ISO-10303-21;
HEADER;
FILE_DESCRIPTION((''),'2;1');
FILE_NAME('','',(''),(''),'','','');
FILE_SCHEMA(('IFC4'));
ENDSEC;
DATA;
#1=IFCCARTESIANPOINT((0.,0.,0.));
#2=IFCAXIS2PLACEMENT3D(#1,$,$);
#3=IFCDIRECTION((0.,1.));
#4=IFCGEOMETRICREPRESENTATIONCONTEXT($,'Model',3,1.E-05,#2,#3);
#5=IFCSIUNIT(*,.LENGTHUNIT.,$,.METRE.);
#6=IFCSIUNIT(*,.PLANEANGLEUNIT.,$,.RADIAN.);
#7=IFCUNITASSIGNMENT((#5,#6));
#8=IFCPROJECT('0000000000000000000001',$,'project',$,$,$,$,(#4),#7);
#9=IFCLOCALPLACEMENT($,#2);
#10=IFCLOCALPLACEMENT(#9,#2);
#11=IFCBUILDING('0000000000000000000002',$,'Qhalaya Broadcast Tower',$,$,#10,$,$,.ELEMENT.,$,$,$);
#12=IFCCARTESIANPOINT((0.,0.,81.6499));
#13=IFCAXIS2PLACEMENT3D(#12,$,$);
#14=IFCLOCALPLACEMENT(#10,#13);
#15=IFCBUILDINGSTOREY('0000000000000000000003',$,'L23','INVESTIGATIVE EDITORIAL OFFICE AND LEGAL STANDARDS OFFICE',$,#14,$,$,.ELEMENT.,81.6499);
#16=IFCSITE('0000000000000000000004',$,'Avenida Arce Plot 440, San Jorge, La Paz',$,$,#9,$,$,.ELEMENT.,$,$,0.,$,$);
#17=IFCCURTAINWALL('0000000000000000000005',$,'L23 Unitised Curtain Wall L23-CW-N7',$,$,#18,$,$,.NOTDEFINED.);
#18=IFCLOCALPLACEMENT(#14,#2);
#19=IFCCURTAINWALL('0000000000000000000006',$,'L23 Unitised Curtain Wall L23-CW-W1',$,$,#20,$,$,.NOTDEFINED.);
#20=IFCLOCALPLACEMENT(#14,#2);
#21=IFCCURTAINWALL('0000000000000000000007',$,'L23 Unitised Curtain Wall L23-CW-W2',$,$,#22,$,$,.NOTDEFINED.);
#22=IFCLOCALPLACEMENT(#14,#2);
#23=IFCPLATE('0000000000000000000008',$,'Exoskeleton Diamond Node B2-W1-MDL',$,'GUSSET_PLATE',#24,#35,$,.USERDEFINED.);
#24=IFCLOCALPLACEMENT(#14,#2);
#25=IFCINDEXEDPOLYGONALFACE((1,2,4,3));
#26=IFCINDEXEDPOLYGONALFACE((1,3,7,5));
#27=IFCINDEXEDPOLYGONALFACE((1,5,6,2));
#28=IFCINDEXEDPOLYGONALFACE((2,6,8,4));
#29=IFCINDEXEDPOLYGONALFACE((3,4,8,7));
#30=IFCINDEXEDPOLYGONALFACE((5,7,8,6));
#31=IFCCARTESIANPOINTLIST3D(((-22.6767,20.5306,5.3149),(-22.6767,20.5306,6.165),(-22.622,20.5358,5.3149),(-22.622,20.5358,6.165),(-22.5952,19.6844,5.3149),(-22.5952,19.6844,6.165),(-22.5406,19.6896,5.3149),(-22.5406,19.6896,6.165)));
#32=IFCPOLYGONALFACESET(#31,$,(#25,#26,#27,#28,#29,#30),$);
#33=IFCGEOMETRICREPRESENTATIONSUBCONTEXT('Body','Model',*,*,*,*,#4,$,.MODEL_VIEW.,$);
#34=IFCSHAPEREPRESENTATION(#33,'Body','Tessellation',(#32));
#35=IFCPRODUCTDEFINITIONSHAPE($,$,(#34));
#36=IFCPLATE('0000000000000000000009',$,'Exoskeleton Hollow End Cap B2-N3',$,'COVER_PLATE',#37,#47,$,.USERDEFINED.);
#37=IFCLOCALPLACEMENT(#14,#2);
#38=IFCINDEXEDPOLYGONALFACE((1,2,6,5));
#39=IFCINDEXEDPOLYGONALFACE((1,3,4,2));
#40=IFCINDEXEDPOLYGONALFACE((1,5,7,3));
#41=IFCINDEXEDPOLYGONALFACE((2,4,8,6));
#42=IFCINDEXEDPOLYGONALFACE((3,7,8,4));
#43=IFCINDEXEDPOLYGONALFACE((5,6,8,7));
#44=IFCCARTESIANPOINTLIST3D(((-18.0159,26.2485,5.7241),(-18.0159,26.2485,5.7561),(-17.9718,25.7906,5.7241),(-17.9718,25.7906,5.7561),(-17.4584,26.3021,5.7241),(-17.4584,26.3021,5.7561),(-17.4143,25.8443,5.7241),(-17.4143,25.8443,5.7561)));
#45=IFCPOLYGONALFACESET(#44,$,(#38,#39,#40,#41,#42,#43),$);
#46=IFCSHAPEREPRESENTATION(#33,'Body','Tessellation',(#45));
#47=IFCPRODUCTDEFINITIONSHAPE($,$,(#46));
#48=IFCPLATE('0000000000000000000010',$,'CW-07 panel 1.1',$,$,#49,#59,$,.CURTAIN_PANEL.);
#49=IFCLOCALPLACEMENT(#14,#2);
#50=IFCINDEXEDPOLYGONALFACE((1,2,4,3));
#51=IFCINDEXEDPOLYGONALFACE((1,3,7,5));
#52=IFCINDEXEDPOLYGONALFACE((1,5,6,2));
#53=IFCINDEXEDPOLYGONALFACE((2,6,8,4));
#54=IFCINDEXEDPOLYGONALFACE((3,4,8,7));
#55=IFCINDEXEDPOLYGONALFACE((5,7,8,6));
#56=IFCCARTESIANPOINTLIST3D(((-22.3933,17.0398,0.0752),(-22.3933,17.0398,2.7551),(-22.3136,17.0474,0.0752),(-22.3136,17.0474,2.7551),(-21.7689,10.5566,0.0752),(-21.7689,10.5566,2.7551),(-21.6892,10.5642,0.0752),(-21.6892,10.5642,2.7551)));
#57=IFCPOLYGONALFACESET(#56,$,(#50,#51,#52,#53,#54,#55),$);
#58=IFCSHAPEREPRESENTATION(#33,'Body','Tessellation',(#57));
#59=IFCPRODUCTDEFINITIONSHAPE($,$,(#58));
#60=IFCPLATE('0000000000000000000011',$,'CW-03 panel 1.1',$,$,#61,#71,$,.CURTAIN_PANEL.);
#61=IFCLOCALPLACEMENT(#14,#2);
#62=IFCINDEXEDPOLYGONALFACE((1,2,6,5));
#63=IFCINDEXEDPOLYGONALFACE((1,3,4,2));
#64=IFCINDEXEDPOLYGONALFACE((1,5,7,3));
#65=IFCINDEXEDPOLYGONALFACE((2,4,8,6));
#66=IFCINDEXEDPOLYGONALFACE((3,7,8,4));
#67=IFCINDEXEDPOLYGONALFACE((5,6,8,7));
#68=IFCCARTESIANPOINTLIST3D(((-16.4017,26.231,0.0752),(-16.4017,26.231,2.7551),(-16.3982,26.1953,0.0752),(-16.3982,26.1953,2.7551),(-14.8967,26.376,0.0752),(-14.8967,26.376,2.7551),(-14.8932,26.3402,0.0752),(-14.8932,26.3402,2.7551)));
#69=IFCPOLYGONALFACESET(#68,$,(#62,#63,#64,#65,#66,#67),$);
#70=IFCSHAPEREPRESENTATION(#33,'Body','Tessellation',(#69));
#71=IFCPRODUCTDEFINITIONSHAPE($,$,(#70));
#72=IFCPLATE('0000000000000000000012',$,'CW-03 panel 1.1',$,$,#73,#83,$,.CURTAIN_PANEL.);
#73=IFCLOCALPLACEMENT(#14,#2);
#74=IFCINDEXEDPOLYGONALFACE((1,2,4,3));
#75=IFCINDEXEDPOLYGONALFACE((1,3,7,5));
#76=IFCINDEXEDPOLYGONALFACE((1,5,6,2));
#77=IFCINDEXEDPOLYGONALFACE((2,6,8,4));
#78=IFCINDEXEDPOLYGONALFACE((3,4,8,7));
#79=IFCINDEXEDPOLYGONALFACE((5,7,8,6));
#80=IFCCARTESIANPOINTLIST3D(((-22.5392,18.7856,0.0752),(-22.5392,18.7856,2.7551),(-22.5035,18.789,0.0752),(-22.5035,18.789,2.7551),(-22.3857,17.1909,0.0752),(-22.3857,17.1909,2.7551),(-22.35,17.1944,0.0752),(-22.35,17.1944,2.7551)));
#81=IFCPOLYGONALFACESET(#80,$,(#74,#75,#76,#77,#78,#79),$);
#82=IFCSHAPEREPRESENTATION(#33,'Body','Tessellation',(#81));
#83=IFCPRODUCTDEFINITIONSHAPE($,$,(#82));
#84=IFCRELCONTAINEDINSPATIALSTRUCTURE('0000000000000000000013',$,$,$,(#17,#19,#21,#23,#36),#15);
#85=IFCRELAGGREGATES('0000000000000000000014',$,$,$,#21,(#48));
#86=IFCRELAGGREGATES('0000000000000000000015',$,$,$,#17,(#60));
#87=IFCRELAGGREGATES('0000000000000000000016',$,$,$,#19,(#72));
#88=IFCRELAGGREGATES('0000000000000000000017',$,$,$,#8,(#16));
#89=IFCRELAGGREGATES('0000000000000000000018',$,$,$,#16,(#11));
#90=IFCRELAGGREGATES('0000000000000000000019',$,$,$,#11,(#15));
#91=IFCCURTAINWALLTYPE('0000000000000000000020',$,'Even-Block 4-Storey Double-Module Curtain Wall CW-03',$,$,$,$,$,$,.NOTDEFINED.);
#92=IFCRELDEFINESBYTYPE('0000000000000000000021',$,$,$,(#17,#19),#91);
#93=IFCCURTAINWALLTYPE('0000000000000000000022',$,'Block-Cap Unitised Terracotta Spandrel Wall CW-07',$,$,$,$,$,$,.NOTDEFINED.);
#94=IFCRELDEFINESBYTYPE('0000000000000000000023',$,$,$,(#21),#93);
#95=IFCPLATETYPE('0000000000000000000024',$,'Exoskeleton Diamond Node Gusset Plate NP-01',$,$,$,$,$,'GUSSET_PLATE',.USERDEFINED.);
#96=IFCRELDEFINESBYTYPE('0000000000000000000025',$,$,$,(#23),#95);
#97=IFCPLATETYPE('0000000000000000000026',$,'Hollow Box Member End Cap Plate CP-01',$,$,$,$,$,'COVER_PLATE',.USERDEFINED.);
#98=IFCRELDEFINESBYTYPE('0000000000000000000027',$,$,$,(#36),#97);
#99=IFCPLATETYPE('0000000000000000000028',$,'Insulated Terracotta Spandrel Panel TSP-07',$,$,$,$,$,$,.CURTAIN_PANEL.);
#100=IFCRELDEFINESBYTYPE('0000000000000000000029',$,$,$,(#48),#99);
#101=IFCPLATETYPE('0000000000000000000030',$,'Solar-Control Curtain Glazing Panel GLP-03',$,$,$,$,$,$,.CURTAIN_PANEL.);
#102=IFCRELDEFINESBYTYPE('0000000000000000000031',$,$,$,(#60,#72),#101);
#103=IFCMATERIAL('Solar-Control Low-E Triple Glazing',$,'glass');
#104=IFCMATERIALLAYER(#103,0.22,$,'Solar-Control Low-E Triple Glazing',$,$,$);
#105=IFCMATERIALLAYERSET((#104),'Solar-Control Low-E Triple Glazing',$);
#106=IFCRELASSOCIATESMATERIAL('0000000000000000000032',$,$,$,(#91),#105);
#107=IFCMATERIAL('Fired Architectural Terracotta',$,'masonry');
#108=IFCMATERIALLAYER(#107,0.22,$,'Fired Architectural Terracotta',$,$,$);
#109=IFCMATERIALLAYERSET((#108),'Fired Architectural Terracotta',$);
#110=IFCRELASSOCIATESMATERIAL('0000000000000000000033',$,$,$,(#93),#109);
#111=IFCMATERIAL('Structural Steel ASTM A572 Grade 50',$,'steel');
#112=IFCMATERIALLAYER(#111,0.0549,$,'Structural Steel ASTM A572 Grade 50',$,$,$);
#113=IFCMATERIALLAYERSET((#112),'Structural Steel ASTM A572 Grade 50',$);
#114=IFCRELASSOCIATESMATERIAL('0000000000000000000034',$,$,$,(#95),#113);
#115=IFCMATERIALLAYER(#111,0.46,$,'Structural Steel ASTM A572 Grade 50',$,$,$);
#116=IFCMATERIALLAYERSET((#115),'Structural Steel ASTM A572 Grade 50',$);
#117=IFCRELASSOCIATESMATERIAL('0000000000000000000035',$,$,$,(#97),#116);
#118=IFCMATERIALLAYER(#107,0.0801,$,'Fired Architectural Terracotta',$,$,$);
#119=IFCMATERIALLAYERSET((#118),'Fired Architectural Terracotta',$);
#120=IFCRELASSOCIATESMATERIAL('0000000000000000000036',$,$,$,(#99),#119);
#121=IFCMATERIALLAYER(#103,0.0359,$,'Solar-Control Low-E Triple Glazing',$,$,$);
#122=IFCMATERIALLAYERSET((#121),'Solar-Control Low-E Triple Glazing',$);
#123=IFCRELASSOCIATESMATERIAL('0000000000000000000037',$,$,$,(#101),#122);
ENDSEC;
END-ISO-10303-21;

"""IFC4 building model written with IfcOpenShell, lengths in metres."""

from ifc_helpers import new_model, si_unit, direction, frame, origin, origin_2d, place, context, subcontext, project, spatial, rectangle, extrude, material, layer, layer_set, type_object, element, aggregate, save


model = new_model("IFC4")

# Units and contexts
model_context = context("Model", 3, precision=1e-05, world=origin(), true_north=direction((0.0, 1.0)))
body_context = subcontext(model_context, "Body", "Model", "MODEL_VIEW")
ifc_project = project(units=[si_unit("LENGTHUNIT", "METRE"), si_unit("PLANEANGLEUNIT", "RADIAN")], contexts=[model_context])

# Site, building, storey
site_placement = place(None, origin())
site = spatial("IfcSite", under=ifc_project, at=site_placement, Name="Avenida Arce Plot 440, San Jorge, La Paz", CompositionType="ELEMENT", RefElevation=0.0)
building_placement = place(site_placement, origin())
building = spatial("IfcBuilding", under=site, at=building_placement, Name="Qhalaya Broadcast Tower", CompositionType="ELEMENT")
storey_placement = place(building_placement, frame((0.0, 0.0, 81.6499)))
storey = spatial("IfcBuildingStorey", under=building, at=storey_placement, Name="L23", Description="INVESTIGATIVE EDITORIAL OFFICE AND LEGAL STANDARDS OFFICE", CompositionType="ELEMENT", Elevation=81.6499)

# Shared definitions
ifc_material_1 = material(Name="Structural Steel ASTM A572 Grade 50", Category="steel")

# Curtain wall
ifc_material_2 = material(Name="Solar-Control Low-E Triple Glazing", Category="glass")
ifc_layer_1 = layer(ifc_material_2, 0.22, Name="Solar-Control Low-E Triple Glazing")
ifc_layer_set_1 = layer_set([ifc_layer_1], Name="Solar-Control Low-E Triple Glazing")
curtain_wall_type_1 = type_object("IfcCurtainWallType", Name="Even-Block 4-Storey Double-Module Curtain Wall CW-03", PredefinedType="NOTDEFINED", material=ifc_layer_set_1)
curtain_wall_1_placement = place(storey_placement, origin())
curtain_wall_1 = element("IfcCurtainWall", 1, at=curtain_wall_1_placement, inside=storey, type_object=curtain_wall_type_1, Name="L23 Unitised Curtain Wall L23-CW-N7", PredefinedType="NOTDEFINED")

# Curtain wall
curtain_wall_2_placement = place(storey_placement, origin())
curtain_wall_2 = element("IfcCurtainWall", 2, at=curtain_wall_2_placement, inside=storey, type_object=curtain_wall_type_1, Name="L23 Unitised Curtain Wall L23-CW-W1", PredefinedType="NOTDEFINED")

# Curtain wall
ifc_material_3 = material(Name="Fired Architectural Terracotta", Category="masonry")
ifc_layer_2 = layer(ifc_material_3, 0.22, Name="Fired Architectural Terracotta")
ifc_layer_set_2 = layer_set([ifc_layer_2], Name="Fired Architectural Terracotta")
curtain_wall_type_2 = type_object("IfcCurtainWallType", Name="Block-Cap Unitised Terracotta Spandrel Wall CW-07", PredefinedType="NOTDEFINED", material=ifc_layer_set_2)
curtain_wall_3_placement = place(storey_placement, origin())
curtain_wall_3 = element("IfcCurtainWall", 3, at=curtain_wall_3_placement, inside=storey, type_object=curtain_wall_type_2, Name="L23 Unitised Curtain Wall L23-CW-W2", PredefinedType="NOTDEFINED")

# Plates
ifc_layer_3 = layer(ifc_material_1, 0.0549, Name="Structural Steel ASTM A572 Grade 50")
ifc_layer_set_3 = layer_set([ifc_layer_3], Name="Structural Steel ASTM A572 Grade 50")
plate_type_1 = type_object("IfcPlateType", Name="Exoskeleton Diamond Node Gusset Plate NP-01", ElementType="GUSSET_PLATE", PredefinedType="USERDEFINED", material=ifc_layer_set_3)
plate_1_placement = place(storey_placement, frame((-22.6086, 20.1101, 5.3149), z_axis=(0.0, 0.0, 1.0), x_axis=(-0.095846, 0.995396, 0.0)))
element("IfcPlate", 4, at=plate_1_placement, inside=storey, type_object=plate_type_1, Name="Exoskeleton Diamond Node B2-W1-MDL", ObjectType="GUSSET_PLATE", PredefinedType="USERDEFINED", context=body_context, shape_type="SweptSolid", body=[
    extrude(rectangle(XDim=0.8501, YDim=0.0549, at=origin_2d()), origin(), (0.0, 0.0, 1.0), 0.8501),
])
ifc_layer_4 = layer(ifc_material_1, 0.46, Name="Structural Steel ASTM A572 Grade 50")
ifc_layer_set_4 = layer_set([ifc_layer_4], Name="Structural Steel ASTM A572 Grade 50")
plate_type_2 = type_object("IfcPlateType", Name="Hollow Box Member End Cap Plate CP-01", ElementType="COVER_PLATE", PredefinedType="USERDEFINED", material=ifc_layer_set_4)
plate_2_placement = place(storey_placement, frame((-17.7151, 26.0464, 5.7241), z_axis=(0.0, 0.0, 1.0), x_axis=(0.995396, 0.095846, 0.0)))
element("IfcPlate", 5, at=plate_2_placement, inside=storey, type_object=plate_type_2, Name="Exoskeleton Hollow End Cap B2-N3", ObjectType="COVER_PLATE", PredefinedType="USERDEFINED", context=body_context, shape_type="SweptSolid", body=[
    extrude(rectangle(XDim=0.5601, YDim=0.46, at=origin_2d()), origin(), (0.0, 0.0, 1.0), 0.032),
])

# Plates
ifc_layer_5 = layer(ifc_material_3, 0.0801, Name="Fired Architectural Terracotta")
ifc_layer_set_5 = layer_set([ifc_layer_5], Name="Fired Architectural Terracotta")
plate_type_3 = type_object("IfcPlateType", Name="Insulated Terracotta Spandrel Panel TSP-07", PredefinedType="CURTAIN_PANEL", material=ifc_layer_set_5)
plate_3_placement = place(storey_placement, frame((-22.0413, 13.802, 0.0752), z_axis=(0.0, 0.0, 1.0), x_axis=(0.095857, -0.995395, 0.0)))
plate_3 = element("IfcPlate", 6, at=plate_3_placement, type_object=plate_type_3, Name="CW-07 panel 1.1", PredefinedType="CURTAIN_PANEL", context=body_context, shape_type="SweptSolid", body=[
    extrude(rectangle(XDim=6.5132, YDim=0.0801, at=origin_2d()), origin(), (0.0, 0.0, 1.0), 2.6799),
])
aggregate(curtain_wall_3, [plate_3])
ifc_layer_6 = layer(ifc_material_2, 0.0359, Name="Solar-Control Low-E Triple Glazing")
ifc_layer_set_6 = layer_set([ifc_layer_6], Name="Solar-Control Low-E Triple Glazing")
plate_type_4 = type_object("IfcPlateType", Name="Solar-Control Curtain Glazing Panel GLP-03", PredefinedType="CURTAIN_PANEL", material=ifc_layer_set_6)
plate_4_placement = place(storey_placement, frame((-15.6475, 26.2856, 0.0752), z_axis=(0.0, 0.0, 1.0), x_axis=(-0.995396, -0.095845, 0.0)))
plate_4 = element("IfcPlate", 7, at=plate_4_placement, type_object=plate_type_4, Name="CW-03 panel 1.1", PredefinedType="CURTAIN_PANEL", context=body_context, shape_type="SweptSolid", body=[
    extrude(rectangle(XDim=1.512, YDim=0.0359, at=origin_2d()), origin(), (0.0, 0.0, 1.0), 2.6799),
])
aggregate(curtain_wall_1, [plate_4])
plate_5_placement = place(storey_placement, frame((-22.4446, 17.99, 0.0752), z_axis=(0.0, 0.0, 1.0), x_axis=(0.095835, -0.995397, 0.0)))
plate_5 = element("IfcPlate", 8, at=plate_5_placement, type_object=plate_type_4, Name="CW-03 panel 1.1", PredefinedType="CURTAIN_PANEL", context=body_context, shape_type="SweptSolid", body=[
    extrude(rectangle(XDim=1.6021, YDim=0.0359, at=origin_2d()), origin(), (0.0, 0.0, 1.0), 2.6799),
])
aggregate(curtain_wall_2, [plate_5])

save(model, "model.ifc")
